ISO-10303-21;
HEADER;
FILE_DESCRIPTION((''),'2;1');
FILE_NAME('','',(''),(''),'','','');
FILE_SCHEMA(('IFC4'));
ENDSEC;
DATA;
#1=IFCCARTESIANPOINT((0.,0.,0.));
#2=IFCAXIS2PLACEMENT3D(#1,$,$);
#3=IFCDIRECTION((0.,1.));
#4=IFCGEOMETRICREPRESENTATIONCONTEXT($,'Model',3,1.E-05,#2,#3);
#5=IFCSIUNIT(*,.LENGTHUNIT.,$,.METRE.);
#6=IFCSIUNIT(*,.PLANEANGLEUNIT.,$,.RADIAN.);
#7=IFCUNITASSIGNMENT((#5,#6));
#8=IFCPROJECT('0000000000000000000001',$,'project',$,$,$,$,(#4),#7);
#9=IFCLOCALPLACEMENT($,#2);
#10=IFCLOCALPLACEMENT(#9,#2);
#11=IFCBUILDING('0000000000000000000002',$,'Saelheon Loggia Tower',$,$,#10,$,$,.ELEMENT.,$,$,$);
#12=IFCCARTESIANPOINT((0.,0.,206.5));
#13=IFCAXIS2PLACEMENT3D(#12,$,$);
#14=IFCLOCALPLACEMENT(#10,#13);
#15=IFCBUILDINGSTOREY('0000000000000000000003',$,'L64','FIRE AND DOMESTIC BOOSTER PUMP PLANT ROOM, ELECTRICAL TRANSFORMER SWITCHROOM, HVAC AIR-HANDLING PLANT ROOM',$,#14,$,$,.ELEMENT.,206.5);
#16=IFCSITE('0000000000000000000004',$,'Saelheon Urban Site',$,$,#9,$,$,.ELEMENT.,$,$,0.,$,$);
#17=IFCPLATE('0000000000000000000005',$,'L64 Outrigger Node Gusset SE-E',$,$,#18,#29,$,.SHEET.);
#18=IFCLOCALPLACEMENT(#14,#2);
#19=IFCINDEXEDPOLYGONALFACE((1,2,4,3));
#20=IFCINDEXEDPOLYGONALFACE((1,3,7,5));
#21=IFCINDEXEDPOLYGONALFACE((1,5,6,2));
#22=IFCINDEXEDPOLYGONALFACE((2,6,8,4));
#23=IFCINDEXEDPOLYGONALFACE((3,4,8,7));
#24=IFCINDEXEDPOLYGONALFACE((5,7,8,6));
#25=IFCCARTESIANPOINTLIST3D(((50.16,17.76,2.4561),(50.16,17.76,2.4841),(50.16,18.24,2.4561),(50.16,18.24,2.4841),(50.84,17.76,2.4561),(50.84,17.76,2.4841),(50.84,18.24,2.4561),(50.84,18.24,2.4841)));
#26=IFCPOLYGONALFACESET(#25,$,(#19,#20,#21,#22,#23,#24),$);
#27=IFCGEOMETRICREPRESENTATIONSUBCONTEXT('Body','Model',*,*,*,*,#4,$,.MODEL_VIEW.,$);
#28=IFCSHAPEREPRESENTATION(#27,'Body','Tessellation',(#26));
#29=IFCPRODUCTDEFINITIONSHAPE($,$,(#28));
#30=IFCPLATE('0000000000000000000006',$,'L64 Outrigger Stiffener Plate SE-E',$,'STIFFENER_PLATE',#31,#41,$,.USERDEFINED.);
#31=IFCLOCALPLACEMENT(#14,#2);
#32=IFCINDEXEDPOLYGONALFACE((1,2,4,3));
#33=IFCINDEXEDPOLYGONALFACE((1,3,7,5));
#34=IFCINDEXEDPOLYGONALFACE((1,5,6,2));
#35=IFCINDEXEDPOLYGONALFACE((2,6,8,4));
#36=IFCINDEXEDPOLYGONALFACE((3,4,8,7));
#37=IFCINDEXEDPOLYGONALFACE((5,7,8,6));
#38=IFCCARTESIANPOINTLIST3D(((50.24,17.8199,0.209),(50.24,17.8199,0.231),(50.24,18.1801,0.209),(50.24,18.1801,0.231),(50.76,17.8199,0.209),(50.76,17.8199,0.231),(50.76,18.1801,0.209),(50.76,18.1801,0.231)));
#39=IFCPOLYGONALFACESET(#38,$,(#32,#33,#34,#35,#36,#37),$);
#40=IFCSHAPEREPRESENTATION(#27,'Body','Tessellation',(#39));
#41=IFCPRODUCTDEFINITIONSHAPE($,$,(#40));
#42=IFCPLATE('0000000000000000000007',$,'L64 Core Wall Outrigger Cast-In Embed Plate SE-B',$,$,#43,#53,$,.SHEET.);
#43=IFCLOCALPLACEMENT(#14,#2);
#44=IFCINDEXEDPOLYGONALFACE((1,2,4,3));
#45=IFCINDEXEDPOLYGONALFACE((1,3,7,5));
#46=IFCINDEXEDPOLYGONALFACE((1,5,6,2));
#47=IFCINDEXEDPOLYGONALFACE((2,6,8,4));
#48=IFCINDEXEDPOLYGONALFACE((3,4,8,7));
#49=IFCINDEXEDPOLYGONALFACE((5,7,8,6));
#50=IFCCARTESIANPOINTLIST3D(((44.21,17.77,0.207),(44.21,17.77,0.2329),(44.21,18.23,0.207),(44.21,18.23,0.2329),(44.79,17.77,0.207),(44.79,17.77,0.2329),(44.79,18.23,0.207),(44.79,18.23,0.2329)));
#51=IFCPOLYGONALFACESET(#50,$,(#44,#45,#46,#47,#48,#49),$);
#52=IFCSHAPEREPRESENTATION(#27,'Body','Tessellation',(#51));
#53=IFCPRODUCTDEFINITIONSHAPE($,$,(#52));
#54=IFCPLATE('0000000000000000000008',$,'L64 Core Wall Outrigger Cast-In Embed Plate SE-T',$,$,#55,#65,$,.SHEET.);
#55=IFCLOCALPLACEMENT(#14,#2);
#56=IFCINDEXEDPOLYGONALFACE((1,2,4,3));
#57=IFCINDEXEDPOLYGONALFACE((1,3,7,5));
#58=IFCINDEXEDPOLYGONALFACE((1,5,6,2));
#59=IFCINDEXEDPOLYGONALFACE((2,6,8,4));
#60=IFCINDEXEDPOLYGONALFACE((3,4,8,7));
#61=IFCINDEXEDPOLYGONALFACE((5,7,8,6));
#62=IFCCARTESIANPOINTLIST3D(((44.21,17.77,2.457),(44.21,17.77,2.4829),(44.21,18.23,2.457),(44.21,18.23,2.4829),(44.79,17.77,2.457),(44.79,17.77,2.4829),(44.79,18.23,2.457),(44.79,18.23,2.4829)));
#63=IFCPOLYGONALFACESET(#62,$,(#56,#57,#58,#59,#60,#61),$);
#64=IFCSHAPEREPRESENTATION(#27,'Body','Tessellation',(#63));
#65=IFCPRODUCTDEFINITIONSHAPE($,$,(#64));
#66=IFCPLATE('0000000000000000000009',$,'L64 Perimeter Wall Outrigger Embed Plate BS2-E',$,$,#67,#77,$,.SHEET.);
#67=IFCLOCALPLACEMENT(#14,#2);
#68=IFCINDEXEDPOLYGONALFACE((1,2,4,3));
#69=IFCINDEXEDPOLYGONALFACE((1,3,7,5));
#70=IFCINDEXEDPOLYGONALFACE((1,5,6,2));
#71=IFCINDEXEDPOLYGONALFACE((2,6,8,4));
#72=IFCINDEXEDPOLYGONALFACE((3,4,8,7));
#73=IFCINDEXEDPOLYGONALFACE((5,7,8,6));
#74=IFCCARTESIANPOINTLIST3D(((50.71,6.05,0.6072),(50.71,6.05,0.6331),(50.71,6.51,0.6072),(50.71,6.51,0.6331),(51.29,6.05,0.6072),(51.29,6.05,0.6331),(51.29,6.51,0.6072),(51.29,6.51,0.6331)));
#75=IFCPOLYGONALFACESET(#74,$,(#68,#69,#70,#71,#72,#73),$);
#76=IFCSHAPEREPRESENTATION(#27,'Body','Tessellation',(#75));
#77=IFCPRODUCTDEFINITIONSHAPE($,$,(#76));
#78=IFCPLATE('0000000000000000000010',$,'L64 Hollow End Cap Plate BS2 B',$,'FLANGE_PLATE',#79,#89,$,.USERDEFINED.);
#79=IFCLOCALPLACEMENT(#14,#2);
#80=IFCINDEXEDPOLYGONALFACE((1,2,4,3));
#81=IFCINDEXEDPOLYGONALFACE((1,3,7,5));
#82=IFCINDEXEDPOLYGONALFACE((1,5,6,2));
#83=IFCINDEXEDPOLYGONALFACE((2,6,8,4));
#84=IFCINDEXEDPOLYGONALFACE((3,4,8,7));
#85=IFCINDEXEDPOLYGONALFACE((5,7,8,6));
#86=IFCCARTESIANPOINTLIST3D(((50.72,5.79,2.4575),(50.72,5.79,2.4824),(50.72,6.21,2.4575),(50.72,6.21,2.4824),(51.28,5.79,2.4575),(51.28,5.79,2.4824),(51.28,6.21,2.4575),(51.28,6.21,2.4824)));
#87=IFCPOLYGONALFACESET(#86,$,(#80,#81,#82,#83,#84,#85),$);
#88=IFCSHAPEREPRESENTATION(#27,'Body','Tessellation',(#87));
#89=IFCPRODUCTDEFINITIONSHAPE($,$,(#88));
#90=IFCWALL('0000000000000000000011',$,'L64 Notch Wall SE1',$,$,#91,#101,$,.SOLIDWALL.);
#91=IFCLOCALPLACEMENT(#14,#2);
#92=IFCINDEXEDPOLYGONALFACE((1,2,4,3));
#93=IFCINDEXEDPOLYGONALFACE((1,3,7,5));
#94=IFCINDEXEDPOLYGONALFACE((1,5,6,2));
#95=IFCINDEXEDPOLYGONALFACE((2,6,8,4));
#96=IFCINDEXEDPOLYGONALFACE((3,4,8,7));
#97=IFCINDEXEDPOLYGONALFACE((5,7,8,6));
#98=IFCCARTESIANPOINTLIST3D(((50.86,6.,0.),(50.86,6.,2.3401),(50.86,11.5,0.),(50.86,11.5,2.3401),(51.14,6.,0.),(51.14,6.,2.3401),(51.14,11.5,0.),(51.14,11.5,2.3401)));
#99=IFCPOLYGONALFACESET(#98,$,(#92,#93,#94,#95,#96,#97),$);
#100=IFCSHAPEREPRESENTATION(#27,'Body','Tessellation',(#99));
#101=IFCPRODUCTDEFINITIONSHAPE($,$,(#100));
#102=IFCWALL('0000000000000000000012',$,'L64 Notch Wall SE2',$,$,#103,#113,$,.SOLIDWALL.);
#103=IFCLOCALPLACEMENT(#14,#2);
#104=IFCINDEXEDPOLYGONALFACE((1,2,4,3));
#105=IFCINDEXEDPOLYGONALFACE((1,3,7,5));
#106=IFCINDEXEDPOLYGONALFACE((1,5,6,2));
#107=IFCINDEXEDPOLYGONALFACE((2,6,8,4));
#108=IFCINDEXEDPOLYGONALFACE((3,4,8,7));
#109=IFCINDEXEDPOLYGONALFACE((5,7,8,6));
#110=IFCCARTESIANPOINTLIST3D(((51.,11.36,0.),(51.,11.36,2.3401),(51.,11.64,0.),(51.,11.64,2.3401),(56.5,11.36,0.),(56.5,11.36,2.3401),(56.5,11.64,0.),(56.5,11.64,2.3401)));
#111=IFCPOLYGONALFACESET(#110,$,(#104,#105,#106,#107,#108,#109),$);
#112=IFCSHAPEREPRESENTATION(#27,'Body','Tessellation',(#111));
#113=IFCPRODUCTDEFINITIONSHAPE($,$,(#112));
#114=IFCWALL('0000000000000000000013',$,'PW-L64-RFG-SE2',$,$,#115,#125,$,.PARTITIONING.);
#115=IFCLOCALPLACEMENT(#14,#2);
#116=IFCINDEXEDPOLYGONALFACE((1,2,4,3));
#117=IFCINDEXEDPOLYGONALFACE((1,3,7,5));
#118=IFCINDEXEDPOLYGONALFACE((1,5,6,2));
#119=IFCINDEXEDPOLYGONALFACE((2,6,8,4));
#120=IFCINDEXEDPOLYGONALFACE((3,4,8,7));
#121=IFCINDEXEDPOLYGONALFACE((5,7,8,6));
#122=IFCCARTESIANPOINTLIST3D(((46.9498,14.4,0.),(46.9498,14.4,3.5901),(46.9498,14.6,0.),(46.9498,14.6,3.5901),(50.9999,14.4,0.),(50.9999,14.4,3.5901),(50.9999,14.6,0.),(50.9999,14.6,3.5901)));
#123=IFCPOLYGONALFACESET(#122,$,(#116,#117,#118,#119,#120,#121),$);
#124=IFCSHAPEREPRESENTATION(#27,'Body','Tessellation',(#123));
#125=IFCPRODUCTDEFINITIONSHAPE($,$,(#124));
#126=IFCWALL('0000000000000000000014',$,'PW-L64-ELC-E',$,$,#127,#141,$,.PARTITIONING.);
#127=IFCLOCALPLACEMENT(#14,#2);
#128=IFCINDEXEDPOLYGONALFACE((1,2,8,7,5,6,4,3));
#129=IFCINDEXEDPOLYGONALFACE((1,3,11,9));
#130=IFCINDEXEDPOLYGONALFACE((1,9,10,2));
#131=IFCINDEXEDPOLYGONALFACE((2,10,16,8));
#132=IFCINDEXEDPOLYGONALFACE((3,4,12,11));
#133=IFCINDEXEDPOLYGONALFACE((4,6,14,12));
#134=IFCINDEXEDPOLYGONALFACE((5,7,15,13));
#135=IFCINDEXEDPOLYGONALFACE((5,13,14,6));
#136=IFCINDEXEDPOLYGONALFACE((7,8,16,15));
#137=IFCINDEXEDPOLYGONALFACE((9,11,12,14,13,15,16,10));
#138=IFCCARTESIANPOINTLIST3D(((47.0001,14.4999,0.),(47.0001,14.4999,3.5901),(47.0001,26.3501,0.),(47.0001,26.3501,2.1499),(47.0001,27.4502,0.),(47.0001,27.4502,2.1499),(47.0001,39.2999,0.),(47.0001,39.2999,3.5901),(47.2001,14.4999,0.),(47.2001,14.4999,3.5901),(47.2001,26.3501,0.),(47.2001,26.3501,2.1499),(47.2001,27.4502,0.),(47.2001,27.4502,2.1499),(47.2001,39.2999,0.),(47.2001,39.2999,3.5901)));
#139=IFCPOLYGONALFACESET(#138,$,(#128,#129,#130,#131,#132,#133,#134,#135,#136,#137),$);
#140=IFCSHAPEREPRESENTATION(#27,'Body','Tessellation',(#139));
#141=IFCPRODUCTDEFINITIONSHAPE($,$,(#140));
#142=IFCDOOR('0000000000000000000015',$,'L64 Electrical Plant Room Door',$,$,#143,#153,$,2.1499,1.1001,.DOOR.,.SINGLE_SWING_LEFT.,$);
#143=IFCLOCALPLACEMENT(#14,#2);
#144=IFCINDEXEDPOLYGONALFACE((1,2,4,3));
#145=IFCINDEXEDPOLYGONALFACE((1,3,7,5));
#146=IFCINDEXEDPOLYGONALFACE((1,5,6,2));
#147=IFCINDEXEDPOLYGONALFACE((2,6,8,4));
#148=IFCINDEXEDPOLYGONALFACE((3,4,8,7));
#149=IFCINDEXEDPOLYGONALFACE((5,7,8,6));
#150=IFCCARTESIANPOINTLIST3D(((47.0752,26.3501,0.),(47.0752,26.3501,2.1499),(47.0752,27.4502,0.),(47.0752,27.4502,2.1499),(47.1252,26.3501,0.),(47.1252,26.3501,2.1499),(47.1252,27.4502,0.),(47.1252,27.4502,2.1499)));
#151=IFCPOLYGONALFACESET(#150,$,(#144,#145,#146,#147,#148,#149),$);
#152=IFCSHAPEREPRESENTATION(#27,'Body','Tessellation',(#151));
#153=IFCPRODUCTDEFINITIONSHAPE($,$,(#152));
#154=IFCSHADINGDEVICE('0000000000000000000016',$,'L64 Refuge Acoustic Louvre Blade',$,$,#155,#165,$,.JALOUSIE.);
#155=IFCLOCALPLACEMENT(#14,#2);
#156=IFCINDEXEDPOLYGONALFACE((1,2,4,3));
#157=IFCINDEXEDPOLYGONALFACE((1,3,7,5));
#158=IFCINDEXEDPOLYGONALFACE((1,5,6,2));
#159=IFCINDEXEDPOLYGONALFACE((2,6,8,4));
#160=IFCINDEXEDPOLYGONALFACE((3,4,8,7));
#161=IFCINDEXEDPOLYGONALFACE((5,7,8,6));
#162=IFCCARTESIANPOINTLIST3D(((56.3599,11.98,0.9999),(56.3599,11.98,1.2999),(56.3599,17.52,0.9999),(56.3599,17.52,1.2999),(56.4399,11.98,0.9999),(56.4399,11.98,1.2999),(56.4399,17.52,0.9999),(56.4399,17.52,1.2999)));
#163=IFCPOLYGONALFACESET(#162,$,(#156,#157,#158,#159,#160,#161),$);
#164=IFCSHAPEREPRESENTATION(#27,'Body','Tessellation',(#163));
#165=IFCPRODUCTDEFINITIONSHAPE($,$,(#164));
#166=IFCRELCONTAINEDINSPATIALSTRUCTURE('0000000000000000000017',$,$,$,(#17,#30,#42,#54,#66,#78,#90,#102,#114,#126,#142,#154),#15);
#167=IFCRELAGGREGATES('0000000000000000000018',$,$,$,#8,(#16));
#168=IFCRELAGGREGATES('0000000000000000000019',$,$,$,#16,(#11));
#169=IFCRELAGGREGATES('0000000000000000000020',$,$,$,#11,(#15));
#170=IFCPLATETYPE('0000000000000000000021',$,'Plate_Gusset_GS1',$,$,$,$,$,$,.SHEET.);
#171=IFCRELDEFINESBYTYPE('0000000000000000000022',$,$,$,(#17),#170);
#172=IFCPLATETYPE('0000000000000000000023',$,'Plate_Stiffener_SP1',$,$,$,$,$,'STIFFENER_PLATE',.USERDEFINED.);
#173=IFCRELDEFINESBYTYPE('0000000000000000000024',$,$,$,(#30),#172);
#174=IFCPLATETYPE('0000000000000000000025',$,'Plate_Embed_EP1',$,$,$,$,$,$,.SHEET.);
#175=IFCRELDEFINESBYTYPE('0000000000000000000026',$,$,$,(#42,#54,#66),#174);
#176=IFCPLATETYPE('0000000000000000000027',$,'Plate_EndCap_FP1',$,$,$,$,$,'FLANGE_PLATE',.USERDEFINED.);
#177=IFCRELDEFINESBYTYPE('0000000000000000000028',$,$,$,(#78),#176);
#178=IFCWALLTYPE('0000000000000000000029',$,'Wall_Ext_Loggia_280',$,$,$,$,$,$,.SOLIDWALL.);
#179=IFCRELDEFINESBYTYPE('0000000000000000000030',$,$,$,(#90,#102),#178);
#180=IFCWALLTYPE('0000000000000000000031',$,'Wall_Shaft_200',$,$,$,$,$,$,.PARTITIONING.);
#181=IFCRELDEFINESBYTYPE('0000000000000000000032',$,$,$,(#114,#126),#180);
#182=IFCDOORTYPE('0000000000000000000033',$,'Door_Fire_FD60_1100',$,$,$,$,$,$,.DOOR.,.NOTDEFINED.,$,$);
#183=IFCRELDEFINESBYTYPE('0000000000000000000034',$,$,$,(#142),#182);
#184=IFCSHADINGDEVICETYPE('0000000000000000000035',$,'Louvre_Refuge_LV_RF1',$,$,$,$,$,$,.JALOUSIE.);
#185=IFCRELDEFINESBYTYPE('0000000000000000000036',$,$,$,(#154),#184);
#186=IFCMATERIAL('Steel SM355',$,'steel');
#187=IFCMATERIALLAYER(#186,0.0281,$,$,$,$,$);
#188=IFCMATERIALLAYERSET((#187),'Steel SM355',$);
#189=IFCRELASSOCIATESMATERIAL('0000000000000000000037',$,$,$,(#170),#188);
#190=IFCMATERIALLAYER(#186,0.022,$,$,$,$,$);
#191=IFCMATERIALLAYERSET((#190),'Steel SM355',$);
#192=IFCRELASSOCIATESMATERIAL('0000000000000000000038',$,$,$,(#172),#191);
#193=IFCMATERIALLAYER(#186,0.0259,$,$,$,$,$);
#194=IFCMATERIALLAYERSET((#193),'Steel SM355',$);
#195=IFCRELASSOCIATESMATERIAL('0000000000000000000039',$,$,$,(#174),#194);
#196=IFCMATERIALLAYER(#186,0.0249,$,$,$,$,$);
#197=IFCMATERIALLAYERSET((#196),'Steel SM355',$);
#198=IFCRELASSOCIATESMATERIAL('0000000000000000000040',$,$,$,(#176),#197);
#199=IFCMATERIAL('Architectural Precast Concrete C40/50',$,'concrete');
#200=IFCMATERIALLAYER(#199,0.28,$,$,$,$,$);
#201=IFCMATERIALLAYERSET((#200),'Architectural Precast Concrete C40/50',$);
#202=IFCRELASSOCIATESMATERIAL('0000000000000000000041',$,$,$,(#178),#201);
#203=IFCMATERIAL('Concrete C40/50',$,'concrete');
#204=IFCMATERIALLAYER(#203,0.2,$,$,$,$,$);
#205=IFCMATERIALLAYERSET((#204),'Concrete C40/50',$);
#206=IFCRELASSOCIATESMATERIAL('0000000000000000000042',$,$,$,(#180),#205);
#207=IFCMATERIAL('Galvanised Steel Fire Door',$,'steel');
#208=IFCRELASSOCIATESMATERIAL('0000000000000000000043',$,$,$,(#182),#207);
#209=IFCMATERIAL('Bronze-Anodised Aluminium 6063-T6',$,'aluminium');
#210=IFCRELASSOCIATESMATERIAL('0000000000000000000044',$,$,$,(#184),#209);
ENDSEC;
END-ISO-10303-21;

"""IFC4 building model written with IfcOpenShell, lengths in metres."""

from ifc_helpers import new_model, si_unit, direction, frame, frame_2d, origin, origin_2d, place, context, subcontext, project, spatial, rectangle, extrude, source, transform, mapped, material, layer, layer_set, material_profile, profile_set, type_object, element, fill, save


model = new_model("IFC4")

# Units and contexts
model_context = context("Model", 3, precision=1e-05, world=origin(), true_north=direction((0.0, 1.0)))
body_context = subcontext(model_context, "Body", "Model", "MODEL_VIEW")
ifc_project = project(units=[si_unit("LENGTHUNIT", "METRE"), si_unit("PLANEANGLEUNIT", "RADIAN")], contexts=[model_context])

# Site, building, storey
site_placement = place(None, origin())
site = spatial("IfcSite", under=ifc_project, at=site_placement, Name="Saelheon Urban Site", CompositionType="ELEMENT", RefElevation=0.0)
building_placement = place(site_placement, origin())
building = spatial("IfcBuilding", under=site, at=building_placement, Name="Saelheon Loggia Tower", CompositionType="ELEMENT")
storey_placement = place(building_placement, frame((0.0, 0.0, 206.5)))
storey = spatial("IfcBuildingStorey", under=building, at=storey_placement, Name="L64", Description="FIRE AND DOMESTIC BOOSTER PUMP PLANT ROOM, ELECTRICAL TRANSFORMER SWITCHROOM, HVAC AIR-HANDLING PLANT ROOM", CompositionType="ELEMENT", Elevation=206.5)

# Shared definitions
ifc_material_1 = material(Name="Concrete C40/50", Category="concrete")

# Shared definitions
ifc_material_2 = material(Name="Steel SM355", Category="steel")

# Plates
ifc_layer_1 = layer(ifc_material_2, 0.0281)
ifc_layer_set_1 = layer_set([ifc_layer_1], Name="Steel SM355")
plate_type_1 = type_object("IfcPlateType", Name="Plate_Gusset_GS1", PredefinedType="SHEET", material=ifc_layer_set_1)
shared_shape_1 = source(origin(), body_context, "Body", "SweptSolid", [
    extrude(rectangle(XDim=0.6799, YDim=0.48, at=origin_2d()), origin(), (0.0, 0.0, 1.0), 0.0281),
])
plate_1_placement = place(storey_placement, frame((50.5, 18.0, 2.4561), z_axis=(0.0, 0.0, 1.0), x_axis=(1.0, 0.0, 0.0)))
element("IfcPlate", 1, at=plate_1_placement, inside=storey, type_object=plate_type_1, Name="L64 Outrigger Node Gusset SE-E", PredefinedType="SHEET", context=body_context, shape_type="MappedRepresentation", body=[
    mapped(shared_shape_1, transform((0.0, 0.0, 0.0), scale=1.0)),
])
ifc_layer_2 = layer(ifc_material_2, 0.022)
ifc_layer_set_2 = layer_set([ifc_layer_2], Name="Steel SM355")
plate_type_2 = type_object("IfcPlateType", Name="Plate_Stiffener_SP1", ElementType="STIFFENER_PLATE", PredefinedType="USERDEFINED", material=ifc_layer_set_2)
shared_shape_2 = source(origin(), body_context, "Body", "SweptSolid", [
    extrude(rectangle(XDim=0.52, YDim=0.3601, at=origin_2d()), origin(), (0.0, 0.0, 1.0), 0.022),
])
plate_2_placement = place(storey_placement, frame((50.5, 18.0, 0.209), z_axis=(0.0, 0.0, 1.0), x_axis=(1.0, 0.0, 0.0)))
element("IfcPlate", 2, at=plate_2_placement, inside=storey, type_object=plate_type_2, Name="L64 Outrigger Stiffener Plate SE-E", ObjectType="STIFFENER_PLATE", PredefinedType="USERDEFINED", context=body_context, shape_type="MappedRepresentation", body=[
    mapped(shared_shape_2, transform((0.0, 0.0, 0.0), scale=1.0)),
])
ifc_layer_3 = layer(ifc_material_2, 0.0259)
ifc_layer_set_3 = layer_set([ifc_layer_3], Name="Steel SM355")
plate_type_3 = type_object("IfcPlateType", Name="Plate_Embed_EP1", PredefinedType="SHEET", material=ifc_layer_set_3)
shared_shape_3 = source(origin(), body_context, "Body", "SweptSolid", [
    extrude(rectangle(XDim=0.5801, YDim=0.46, at=origin_2d()), origin(), (0.0, 0.0, 1.0), 0.0259),
])
for number, where, z_axis, x_axis, name in (
    (3, (44.5, 18.0, 0.207), (0.0, 0.0, 1.0), (1.0, 0.0, 0.0), "L64 Core Wall Outrigger Cast-In Embed Plate SE-B"),
    (4, (44.5, 18.0, 2.457), (0.0, 0.0, 1.0), (1.0, 0.0, 0.0), "L64 Core Wall Outrigger Cast-In Embed Plate SE-T"),
    (5, (51.0, 6.28, 0.6072), (0.0, 0.0, 1.0), (1.0, 0.0, 0.0), "L64 Perimeter Wall Outrigger Embed Plate BS2-E"),
):
    element("IfcPlate", number, at=place(storey_placement, frame(where, z_axis=z_axis, x_axis=x_axis)), inside=storey, type_object=plate_type_3, Name=name, PredefinedType="SHEET", context=body_context, shape_type="MappedRepresentation", body=[
        mapped(shared_shape_3, transform((0.0, 0.0, 0.0), scale=1.0)),
    ])
ifc_layer_4 = layer(ifc_material_2, 0.0249)
ifc_layer_set_4 = layer_set([ifc_layer_4], Name="Steel SM355")
plate_type_4 = type_object("IfcPlateType", Name="Plate_EndCap_FP1", ElementType="FLANGE_PLATE", PredefinedType="USERDEFINED", material=ifc_layer_set_4)
shared_shape_4 = source(origin(), body_context, "Body", "SweptSolid", [
    extrude(rectangle(XDim=0.5601, YDim=0.4199, at=origin_2d()), origin(), (0.0, 0.0, 1.0), 0.0249),
])
plate_3_placement = place(storey_placement, frame((51.0, 6.0, 2.4575), z_axis=(0.0, 0.0, 1.0), x_axis=(1.0, 0.0, 0.0)))
element("IfcPlate", 6, at=plate_3_placement, inside=storey, type_object=plate_type_4, Name="L64 Hollow End Cap Plate BS2 B", ObjectType="FLANGE_PLATE", PredefinedType="USERDEFINED", context=body_context, shape_type="MappedRepresentation", body=[
    mapped(shared_shape_4, transform((0.0, 0.0, 0.0), scale=1.0)),
])

# Walls
ifc_material_3 = material(Name="Architectural Precast Concrete C40/50", Category="concrete")
ifc_layer_5 = layer(ifc_material_3, 0.28)
ifc_layer_set_5 = layer_set([ifc_layer_5], Name="Architectural Precast Concrete C40/50")
wall_type_1 = type_object("IfcWallType", Name="Wall_Ext_Loggia_280", PredefinedType="SOLIDWALL", material=ifc_layer_set_5)
for number, where, z_axis, x_axis, name in (
    (7, (51.0, 6.0, 0.0), (0.0, 0.0, 1.0), (0.0, 1.0, 0.0), "L64 Notch Wall SE1"),
    (8, (51.0, 11.5, 0.0), (0.0, 0.0, 1.0), (1.0, 0.0, 0.0), "L64 Notch Wall SE2"),
):
    element("IfcWall", number, at=place(storey_placement, frame(where, z_axis=z_axis, x_axis=x_axis)), inside=storey, type_object=wall_type_1, Name=name, PredefinedType="SOLIDWALL", context=body_context, shape_type="SweptSolid", body=[
        extrude(rectangle(XDim=5.5, YDim=0.28, at=frame_2d((2.75, 0.0))), origin(), (0.0, 0.0, 1.0), 2.3401),
    ])
ifc_layer_6 = layer(ifc_material_1, 0.2)
ifc_layer_set_6 = layer_set([ifc_layer_6], Name="Concrete C40/50")
wall_type_2 = type_object("IfcWallType", Name="Wall_Shaft_200", PredefinedType="PARTITIONING", material=ifc_layer_set_6)
wall_1_placement = place(storey_placement, frame((46.95, 14.5, 0.0), z_axis=(0.0, 0.0, 1.0), x_axis=(1.0, 0.0, 0.0)))
element("IfcWall", 9, at=wall_1_placement, inside=storey, type_object=wall_type_2, Name="PW-L64-RFG-SE2", PredefinedType="PARTITIONING", context=body_context, shape_type="SweptSolid", body=[
    extrude(rectangle(XDim=4.05, YDim=0.2, at=frame_2d((2.0249, 0.0))), origin(), (0.0, 0.0, 1.0), 3.5901),
])

# Wall, opening, door
wall_2_placement = place(storey_placement, frame((47.1001, 14.5, 0.0), z_axis=(0.0, 0.0, 1.0), x_axis=(0.0, 1.0, 0.0)))
wall_2 = element("IfcWall", 10, at=wall_2_placement, inside=storey, type_object=wall_type_2, Name="PW-L64-ELC-E", PredefinedType="PARTITIONING", context=body_context, shape_type="SweptSolid", body=[
    extrude(rectangle(XDim=24.8, YDim=0.2, at=frame_2d((12.3999, 0.0))), origin(), (0.0, 0.0, 1.0), 3.5901),
])
opening_placement = place(wall_2_placement, frame((11.8501, 0.0, 0.0)))
opening = element("IfcOpeningElement", 11, at=opening_placement, cuts=wall_2, PredefinedType="OPENING", context=body_context, shape_type="SweptSolid", body=[
    extrude(rectangle(XDim=1.1001, YDim=2.1499, at=frame_2d((0.55, 1.075))), frame((0.0, 0.1121, 0.0), z_axis=(0.0, -1.0, 0.0), x_axis=(1.0, 0.0, 0.0)), (0.0, 0.0, 1.0), 0.2239),
])
ifc_material_4 = material(Name="Galvanised Steel Fire Door", Category="steel")
door_type = type_object("IfcDoorType", Name="Door_Fire_FD60_1100", OperationType="NOTDEFINED", PredefinedType="DOOR", material=ifc_material_4)
shared_shape_5 = source(origin(), body_context, "Body", "SweptSolid", [
    extrude(rectangle(XDim=1.1001, YDim=2.1499, at=frame_2d((0.55, 1.075))), frame((0.0, 0.0249, 0.0), z_axis=(0.0, -1.0, 0.0), x_axis=(1.0, 0.0, 0.0)), (0.0, 0.0, 1.0), 0.05),
])
door_placement = place(opening_placement, origin())
door = element("IfcDoor", 12, at=door_placement, inside=storey, type_object=door_type, Name="L64 Electrical Plant Room Door", OperationType="SINGLE_SWING_LEFT", OverallHeight=2.1499, OverallWidth=1.1001, PredefinedType="DOOR", context=body_context, shape_type="MappedRepresentation", body=[
    mapped(shared_shape_5, transform((0.0, 0.0, 0.0), scale=1.0)),
])
fill(opening, door)

# Shading device
ifc_material_5 = material(Name="Bronze-Anodised Aluminium 6063-T6", Category="aluminium")
ifc_material_profile_1 = material_profile(ifc_material_5, rectangle(XDim=0.0801, YDim=0.3, at=origin_2d()), Name="Louvre_Refuge_LV_RF1")
ifc_profile_set_1 = profile_set([ifc_material_profile_1], Name="Bronze-Anodised Aluminium 6063-T6")
shading_device_type = type_object("IfcShadingDeviceType", Name="Louvre_Refuge_LV_RF1", PredefinedType="JALOUSIE", material=ifc_profile_set_1)
shared_shape_6 = source(origin(), body_context, "Body", "SweptSolid", [
    extrude(rectangle(XDim=0.0801, YDim=0.3, at=origin_2d()), origin(), (0.0, 0.0, 1.0), 5.54),
])
shading_device_placement = place(storey_placement, frame((56.3999, 11.98, 1.1499), z_axis=(0.0, 1.0, 0.0), x_axis=(-1.0, 0.0, 0.0)))
element("IfcShadingDevice", 13, at=shading_device_placement, inside=storey, type_object=shading_device_type, Name="L64 Refuge Acoustic Louvre Blade", PredefinedType="JALOUSIE", context=body_context, shape_type="MappedRepresentation", body=[
    mapped(shared_shape_6, transform((0.0, 0.0, 0.0), scale=1.0)),
])

save(model, "model.ifc")
